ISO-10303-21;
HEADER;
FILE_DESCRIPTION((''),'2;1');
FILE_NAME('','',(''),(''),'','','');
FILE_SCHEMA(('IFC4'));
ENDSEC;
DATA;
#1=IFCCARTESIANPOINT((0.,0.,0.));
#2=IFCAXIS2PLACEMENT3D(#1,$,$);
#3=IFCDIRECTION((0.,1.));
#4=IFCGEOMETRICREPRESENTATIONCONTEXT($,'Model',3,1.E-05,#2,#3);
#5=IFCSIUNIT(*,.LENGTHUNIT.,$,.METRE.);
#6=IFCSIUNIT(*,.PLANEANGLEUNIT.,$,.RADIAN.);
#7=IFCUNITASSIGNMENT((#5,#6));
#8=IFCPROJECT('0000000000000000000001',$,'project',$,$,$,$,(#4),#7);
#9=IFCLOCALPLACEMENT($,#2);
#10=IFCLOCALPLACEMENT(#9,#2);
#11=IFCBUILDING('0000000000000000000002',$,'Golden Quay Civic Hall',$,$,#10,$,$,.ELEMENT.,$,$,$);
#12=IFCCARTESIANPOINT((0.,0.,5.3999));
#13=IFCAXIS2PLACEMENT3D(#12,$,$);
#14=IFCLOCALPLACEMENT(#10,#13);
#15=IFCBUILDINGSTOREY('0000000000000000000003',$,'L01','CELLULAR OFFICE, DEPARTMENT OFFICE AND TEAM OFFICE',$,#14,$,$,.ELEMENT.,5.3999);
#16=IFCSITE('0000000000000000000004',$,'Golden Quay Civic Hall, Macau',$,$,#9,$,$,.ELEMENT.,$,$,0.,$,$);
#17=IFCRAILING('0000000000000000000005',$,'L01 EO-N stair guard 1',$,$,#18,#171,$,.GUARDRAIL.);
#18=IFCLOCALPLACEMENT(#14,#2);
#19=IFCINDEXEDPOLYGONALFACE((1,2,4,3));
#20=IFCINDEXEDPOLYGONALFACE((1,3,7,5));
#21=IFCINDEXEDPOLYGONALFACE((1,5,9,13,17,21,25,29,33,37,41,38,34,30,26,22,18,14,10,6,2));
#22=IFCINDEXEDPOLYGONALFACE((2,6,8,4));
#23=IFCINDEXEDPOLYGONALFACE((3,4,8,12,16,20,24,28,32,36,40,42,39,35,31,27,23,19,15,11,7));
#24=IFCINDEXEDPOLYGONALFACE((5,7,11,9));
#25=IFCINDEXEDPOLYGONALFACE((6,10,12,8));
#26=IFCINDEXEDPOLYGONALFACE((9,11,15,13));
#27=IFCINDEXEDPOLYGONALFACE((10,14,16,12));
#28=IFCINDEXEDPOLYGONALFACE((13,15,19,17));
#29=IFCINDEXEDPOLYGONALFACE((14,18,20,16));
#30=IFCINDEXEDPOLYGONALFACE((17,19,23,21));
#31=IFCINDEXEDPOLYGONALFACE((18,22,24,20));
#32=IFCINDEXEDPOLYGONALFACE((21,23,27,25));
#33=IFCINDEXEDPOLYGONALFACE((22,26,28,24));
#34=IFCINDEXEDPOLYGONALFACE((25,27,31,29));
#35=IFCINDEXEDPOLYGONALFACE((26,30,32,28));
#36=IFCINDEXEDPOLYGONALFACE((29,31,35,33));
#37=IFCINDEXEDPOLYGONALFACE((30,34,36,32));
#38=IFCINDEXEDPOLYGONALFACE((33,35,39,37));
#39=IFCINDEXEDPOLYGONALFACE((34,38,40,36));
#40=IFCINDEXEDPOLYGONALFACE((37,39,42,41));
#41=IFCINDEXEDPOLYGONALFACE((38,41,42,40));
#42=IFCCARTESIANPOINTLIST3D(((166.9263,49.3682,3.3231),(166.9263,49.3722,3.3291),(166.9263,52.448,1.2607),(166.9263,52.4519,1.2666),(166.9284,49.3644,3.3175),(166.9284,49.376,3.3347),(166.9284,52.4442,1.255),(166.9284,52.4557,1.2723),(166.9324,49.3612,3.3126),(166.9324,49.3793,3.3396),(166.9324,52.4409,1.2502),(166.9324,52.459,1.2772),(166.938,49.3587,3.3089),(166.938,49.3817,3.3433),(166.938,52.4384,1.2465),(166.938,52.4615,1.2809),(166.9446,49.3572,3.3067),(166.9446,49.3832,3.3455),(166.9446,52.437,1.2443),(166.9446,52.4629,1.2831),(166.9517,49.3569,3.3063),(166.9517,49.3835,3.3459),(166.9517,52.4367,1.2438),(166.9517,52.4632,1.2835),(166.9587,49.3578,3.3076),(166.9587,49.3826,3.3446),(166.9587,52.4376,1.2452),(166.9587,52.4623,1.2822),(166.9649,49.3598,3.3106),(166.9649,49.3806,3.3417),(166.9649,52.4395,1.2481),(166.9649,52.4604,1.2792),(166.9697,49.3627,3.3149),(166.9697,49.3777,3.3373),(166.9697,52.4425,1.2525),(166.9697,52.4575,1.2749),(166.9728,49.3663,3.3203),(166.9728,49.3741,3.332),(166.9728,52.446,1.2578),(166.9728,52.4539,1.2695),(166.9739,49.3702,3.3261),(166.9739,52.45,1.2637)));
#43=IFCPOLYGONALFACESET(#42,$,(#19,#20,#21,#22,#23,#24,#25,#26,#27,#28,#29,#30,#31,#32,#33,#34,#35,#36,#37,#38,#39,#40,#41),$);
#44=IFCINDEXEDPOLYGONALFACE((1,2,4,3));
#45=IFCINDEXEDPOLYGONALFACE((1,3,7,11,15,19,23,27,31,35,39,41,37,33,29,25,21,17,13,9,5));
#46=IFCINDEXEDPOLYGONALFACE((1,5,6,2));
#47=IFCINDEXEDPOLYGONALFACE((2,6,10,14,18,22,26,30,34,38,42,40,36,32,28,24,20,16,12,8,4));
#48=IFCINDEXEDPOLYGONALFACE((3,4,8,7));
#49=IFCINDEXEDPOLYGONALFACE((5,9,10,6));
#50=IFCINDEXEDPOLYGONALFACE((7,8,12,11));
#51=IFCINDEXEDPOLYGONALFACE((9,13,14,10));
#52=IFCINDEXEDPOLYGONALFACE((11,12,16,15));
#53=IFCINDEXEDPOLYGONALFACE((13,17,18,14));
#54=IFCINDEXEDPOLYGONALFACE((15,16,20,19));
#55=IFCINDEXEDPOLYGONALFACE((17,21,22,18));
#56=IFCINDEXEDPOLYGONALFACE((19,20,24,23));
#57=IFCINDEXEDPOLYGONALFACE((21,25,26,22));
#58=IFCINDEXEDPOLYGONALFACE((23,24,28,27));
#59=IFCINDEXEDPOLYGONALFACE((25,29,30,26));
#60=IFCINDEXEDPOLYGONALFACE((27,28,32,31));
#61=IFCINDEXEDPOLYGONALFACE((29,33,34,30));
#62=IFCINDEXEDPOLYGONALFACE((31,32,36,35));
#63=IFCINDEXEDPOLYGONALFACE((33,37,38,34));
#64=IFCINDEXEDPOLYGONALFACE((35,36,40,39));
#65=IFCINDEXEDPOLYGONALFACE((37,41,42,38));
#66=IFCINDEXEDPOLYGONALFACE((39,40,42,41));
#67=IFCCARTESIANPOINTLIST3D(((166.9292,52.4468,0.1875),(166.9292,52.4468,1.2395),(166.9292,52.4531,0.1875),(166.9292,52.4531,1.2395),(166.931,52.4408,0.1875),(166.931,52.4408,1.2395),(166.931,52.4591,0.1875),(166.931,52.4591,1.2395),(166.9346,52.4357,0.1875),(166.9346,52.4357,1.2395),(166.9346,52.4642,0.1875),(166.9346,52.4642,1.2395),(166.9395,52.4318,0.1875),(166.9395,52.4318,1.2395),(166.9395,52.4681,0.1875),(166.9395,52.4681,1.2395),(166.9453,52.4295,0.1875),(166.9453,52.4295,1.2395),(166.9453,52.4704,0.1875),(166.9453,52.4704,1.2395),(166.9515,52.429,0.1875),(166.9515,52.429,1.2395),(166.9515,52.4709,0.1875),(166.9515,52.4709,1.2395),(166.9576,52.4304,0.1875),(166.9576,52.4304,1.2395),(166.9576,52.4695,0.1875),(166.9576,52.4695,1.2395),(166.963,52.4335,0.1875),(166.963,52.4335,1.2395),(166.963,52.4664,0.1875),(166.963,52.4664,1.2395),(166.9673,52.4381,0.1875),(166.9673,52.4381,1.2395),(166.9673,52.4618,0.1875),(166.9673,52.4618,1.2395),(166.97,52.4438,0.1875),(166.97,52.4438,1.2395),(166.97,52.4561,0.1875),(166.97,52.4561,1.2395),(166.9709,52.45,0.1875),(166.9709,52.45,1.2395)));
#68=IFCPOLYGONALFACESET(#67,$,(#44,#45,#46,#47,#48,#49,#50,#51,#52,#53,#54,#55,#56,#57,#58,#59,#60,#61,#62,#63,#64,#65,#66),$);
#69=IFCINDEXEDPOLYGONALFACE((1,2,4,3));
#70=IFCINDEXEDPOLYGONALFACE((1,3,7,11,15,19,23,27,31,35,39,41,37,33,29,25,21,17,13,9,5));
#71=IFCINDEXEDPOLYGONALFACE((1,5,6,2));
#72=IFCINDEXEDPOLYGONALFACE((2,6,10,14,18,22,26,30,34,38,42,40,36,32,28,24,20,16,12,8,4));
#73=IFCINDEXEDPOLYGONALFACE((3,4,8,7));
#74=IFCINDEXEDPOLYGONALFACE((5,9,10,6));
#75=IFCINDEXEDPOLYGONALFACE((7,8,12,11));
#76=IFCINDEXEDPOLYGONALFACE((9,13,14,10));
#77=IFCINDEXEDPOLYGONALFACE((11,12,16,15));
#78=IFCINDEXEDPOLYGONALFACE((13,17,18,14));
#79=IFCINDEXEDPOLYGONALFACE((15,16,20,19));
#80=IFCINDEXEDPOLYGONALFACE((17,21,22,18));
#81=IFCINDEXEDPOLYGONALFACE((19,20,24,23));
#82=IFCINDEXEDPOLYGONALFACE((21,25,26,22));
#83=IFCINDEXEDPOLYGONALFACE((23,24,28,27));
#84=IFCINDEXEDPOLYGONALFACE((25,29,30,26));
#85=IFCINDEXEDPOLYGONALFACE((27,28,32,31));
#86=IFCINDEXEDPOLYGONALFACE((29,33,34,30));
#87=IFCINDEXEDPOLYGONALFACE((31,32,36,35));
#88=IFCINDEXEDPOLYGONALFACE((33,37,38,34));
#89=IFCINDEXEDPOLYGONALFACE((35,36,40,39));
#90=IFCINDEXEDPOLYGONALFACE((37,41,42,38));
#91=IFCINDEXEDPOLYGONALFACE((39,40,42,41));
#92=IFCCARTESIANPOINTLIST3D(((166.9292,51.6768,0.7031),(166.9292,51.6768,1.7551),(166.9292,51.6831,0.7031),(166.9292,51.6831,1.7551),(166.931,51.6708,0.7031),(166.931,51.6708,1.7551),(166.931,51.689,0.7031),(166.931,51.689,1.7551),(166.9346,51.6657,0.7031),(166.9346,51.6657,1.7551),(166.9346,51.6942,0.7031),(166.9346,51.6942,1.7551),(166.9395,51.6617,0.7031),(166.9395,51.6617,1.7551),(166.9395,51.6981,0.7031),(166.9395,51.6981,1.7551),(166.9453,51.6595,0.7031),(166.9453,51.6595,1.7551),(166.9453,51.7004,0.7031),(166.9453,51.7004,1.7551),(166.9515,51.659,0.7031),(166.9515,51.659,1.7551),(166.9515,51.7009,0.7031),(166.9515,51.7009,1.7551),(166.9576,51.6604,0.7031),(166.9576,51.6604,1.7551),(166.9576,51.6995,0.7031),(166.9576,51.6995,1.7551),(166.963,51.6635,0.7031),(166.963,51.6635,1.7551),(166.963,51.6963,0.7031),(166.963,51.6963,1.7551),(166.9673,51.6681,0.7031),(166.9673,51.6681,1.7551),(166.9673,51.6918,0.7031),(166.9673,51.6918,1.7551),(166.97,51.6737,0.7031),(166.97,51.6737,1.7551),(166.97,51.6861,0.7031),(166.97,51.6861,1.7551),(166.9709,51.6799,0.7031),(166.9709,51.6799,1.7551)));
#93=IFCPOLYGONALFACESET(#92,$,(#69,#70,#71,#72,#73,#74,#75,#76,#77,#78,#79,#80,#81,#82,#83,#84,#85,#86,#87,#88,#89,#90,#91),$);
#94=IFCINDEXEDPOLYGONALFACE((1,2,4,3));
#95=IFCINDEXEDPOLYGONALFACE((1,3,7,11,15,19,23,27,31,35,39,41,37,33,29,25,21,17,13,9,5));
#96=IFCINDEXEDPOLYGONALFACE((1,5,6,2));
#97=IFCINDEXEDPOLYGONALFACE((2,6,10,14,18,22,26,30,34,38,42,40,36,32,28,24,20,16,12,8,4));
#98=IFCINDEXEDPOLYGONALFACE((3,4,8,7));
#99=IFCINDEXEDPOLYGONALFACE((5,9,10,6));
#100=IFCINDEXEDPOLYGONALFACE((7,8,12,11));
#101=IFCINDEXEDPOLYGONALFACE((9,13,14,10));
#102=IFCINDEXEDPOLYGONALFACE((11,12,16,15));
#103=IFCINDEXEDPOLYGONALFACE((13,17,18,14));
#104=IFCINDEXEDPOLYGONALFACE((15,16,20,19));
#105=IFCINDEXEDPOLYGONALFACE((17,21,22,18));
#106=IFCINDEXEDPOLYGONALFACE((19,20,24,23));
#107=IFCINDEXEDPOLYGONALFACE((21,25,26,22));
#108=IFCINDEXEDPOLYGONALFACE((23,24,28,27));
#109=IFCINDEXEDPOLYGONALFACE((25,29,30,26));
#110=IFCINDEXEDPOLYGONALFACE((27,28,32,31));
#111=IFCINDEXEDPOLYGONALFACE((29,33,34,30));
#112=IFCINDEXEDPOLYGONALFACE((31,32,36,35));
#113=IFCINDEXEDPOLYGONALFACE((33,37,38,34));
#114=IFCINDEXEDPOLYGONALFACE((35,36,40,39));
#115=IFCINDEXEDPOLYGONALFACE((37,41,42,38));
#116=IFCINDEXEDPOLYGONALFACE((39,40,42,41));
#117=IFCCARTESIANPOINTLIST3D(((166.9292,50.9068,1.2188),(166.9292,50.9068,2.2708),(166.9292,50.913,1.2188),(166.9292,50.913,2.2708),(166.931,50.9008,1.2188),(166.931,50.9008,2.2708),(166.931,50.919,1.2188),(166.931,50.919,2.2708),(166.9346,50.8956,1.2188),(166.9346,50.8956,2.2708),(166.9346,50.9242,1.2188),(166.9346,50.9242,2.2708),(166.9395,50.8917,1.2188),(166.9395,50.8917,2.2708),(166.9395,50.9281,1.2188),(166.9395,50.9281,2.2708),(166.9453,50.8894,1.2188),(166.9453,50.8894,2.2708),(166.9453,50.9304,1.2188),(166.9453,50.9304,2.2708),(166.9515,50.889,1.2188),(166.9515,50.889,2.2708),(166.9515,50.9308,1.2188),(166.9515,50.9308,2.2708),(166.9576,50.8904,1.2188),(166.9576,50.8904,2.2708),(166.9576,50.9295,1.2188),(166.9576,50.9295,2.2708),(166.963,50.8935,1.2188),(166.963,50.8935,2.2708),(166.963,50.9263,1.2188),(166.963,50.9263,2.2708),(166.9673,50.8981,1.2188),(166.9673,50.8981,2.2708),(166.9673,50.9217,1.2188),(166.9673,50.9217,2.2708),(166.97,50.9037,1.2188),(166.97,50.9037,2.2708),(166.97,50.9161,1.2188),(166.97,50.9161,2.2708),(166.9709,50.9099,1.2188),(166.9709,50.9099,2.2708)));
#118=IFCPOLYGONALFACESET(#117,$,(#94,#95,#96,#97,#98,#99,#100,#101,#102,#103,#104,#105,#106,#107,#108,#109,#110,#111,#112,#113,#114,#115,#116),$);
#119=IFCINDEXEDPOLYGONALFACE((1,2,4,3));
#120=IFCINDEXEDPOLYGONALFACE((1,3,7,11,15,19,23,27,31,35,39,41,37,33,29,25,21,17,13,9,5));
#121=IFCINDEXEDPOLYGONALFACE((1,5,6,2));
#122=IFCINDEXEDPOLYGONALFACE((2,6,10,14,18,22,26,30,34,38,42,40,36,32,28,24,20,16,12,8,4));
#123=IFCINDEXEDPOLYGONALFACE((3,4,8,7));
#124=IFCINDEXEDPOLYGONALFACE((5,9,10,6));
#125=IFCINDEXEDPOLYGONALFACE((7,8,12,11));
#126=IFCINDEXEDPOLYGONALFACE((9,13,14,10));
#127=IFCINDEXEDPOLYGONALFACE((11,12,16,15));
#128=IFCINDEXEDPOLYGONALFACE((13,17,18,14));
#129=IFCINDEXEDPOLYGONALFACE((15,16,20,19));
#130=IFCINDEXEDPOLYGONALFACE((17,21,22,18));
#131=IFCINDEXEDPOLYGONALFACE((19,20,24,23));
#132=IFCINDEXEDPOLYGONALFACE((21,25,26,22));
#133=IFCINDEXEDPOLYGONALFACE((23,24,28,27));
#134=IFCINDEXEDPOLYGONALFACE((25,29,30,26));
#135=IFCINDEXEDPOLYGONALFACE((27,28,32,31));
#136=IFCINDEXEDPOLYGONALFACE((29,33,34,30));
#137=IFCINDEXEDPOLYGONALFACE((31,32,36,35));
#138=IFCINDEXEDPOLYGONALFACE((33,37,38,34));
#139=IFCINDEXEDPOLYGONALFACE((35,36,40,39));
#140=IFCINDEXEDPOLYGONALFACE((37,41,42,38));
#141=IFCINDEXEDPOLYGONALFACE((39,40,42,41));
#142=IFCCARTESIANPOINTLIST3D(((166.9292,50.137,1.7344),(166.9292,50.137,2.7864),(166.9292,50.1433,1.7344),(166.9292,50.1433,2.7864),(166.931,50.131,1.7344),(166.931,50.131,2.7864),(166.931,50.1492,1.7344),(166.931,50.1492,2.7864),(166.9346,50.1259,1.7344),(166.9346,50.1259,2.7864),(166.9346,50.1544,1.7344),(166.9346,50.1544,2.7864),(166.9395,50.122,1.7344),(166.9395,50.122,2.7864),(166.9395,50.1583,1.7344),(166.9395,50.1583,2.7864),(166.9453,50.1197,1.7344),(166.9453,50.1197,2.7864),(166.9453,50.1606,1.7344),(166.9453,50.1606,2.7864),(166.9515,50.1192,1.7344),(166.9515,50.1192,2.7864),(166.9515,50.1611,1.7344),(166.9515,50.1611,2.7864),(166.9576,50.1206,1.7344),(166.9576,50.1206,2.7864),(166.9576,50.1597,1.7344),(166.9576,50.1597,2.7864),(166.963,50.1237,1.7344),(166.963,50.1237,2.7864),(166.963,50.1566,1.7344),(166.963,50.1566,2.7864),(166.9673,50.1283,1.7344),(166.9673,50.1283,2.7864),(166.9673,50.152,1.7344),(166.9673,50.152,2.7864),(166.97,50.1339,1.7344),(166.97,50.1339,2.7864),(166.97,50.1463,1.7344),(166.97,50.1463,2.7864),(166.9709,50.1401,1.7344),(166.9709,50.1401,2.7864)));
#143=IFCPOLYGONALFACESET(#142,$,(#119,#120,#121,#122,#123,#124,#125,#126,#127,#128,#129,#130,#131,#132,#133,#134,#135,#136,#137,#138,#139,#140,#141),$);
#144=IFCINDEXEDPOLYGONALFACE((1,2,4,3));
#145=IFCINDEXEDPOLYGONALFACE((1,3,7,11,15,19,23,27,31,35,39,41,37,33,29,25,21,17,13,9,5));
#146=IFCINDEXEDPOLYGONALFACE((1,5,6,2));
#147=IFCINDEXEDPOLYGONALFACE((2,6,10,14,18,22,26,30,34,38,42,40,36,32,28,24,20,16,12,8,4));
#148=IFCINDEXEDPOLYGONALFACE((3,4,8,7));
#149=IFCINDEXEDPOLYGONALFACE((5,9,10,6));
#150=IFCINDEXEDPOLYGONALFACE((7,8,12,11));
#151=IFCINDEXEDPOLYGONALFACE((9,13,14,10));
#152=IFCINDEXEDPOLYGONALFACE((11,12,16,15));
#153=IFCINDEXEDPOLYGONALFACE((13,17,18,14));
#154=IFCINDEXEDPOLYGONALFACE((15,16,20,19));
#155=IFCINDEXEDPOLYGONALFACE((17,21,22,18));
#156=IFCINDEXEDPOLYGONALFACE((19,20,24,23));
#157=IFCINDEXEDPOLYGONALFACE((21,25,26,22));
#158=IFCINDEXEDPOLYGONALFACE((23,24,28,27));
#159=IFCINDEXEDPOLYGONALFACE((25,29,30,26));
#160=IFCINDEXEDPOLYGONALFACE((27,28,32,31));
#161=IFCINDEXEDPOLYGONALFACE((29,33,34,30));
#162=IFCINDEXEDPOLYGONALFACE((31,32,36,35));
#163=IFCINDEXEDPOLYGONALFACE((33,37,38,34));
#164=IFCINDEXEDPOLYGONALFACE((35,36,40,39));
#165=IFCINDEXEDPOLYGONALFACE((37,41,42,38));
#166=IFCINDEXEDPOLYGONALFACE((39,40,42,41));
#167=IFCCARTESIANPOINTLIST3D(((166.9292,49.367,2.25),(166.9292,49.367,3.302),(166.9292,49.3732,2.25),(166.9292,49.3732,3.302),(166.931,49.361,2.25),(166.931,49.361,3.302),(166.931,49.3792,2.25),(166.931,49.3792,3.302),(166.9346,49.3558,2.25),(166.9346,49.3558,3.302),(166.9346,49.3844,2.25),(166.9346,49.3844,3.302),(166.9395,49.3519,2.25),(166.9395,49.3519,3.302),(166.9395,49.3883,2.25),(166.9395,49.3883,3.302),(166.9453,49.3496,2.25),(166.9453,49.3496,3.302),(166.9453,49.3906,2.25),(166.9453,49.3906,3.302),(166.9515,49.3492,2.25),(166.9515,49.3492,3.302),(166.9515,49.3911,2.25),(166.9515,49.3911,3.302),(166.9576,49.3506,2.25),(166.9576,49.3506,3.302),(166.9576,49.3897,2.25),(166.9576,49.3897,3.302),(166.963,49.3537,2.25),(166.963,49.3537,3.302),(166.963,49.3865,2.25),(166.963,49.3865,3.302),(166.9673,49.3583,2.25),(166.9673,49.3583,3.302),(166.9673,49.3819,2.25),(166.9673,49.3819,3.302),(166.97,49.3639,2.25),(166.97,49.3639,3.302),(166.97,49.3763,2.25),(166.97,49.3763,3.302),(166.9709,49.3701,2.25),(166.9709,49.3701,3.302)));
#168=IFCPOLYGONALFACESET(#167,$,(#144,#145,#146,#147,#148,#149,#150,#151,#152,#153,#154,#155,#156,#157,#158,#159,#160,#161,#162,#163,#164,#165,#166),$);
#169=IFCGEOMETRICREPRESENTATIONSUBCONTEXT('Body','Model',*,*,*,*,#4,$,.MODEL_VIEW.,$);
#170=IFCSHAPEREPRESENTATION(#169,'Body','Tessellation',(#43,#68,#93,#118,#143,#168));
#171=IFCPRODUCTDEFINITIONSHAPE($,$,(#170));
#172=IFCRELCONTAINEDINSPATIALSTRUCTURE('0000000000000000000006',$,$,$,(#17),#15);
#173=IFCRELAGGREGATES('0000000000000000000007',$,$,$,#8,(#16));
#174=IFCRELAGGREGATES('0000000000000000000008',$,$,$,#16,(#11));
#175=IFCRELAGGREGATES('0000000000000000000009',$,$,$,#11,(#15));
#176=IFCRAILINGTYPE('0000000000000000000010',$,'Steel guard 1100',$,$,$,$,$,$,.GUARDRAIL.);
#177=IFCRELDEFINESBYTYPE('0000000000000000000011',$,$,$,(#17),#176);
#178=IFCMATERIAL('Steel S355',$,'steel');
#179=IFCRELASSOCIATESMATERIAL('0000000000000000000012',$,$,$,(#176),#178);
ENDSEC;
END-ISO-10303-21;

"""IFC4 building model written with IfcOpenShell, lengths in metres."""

from ifc_helpers import new_model, si_unit, direction, frame, origin, origin_2d, place, context, subcontext, project, spatial, circle, extrude, material, type_object, element, save


model = new_model("IFC4")

# Units and contexts
model_context = context("Model", 3, precision=1e-05, world=origin(), true_north=direction((0.0, 1.0)))
body_context = subcontext(model_context, "Body", "Model", "MODEL_VIEW")
ifc_project = project(units=[si_unit("LENGTHUNIT", "METRE"), si_unit("PLANEANGLEUNIT", "RADIAN")], contexts=[model_context])

# Site, building, storey
site_placement = place(None, origin())
site = spatial("IfcSite", under=ifc_project, at=site_placement, Name="Golden Quay Civic Hall, Macau", CompositionType="ELEMENT", RefElevation=0.0)
building_placement = place(site_placement, origin())
building = spatial("IfcBuilding", under=site, at=building_placement, Name="Golden Quay Civic Hall", CompositionType="ELEMENT")
storey_placement = place(building_placement, frame((0.0, 0.0, 5.3999)))
storey = spatial("IfcBuildingStorey", under=building, at=storey_placement, Name="L01", Description="CELLULAR OFFICE, DEPARTMENT OFFICE AND TEAM OFFICE", CompositionType="ELEMENT", Elevation=5.3999)

# Railing
ifc_material_1 = material(Name="Steel S355", Category="steel")
railing_type_1 = type_object("IfcRailingType", Name="Steel guard 1100", PredefinedType="GUARDRAIL", material=ifc_material_1)
railing_1_placement = place(storey_placement, frame((166.95, 52.45, 0.1875)))
element("IfcRailing", 1, at=railing_1_placement, inside=storey, type_object=railing_type_1, Name="L01 EO-N stair guard 1", PredefinedType="GUARDRAIL", context=body_context, shape_type="SweptSolid", body=[
    extrude(circle(Radius=0.0239, at=origin_2d()), frame((0.0, 0.0, 1.0762), z_axis=(0.0, -0.830893, 0.556432), x_axis=(1.0, 0.0, 0.0)), (0.0, 0.0, 1.0), 3.7065),
    extrude(circle(Radius=0.021, at=origin_2d()), origin(), (0.0, 0.0, 1.0), 1.052),
    extrude(circle(Radius=0.021, at=origin_2d()), frame((0.0, -0.77, 0.5156)), (0.0, 0.0, 1.0), 1.052),
    extrude(circle(Radius=0.021, at=origin_2d()), frame((0.0, -1.54, 1.0312)), (0.0, 0.0, 1.0), 1.052),
    extrude(circle(Radius=0.021, at=origin_2d()), frame((0.0, -2.3098, 1.5469)), (0.0, 0.0, 1.0), 1.052),
    extrude(circle(Radius=0.021, at=origin_2d()), frame((0.0, -3.0798, 2.0625)), (0.0, 0.0, 1.0), 1.052),
])

save(model, "model.ifc")
